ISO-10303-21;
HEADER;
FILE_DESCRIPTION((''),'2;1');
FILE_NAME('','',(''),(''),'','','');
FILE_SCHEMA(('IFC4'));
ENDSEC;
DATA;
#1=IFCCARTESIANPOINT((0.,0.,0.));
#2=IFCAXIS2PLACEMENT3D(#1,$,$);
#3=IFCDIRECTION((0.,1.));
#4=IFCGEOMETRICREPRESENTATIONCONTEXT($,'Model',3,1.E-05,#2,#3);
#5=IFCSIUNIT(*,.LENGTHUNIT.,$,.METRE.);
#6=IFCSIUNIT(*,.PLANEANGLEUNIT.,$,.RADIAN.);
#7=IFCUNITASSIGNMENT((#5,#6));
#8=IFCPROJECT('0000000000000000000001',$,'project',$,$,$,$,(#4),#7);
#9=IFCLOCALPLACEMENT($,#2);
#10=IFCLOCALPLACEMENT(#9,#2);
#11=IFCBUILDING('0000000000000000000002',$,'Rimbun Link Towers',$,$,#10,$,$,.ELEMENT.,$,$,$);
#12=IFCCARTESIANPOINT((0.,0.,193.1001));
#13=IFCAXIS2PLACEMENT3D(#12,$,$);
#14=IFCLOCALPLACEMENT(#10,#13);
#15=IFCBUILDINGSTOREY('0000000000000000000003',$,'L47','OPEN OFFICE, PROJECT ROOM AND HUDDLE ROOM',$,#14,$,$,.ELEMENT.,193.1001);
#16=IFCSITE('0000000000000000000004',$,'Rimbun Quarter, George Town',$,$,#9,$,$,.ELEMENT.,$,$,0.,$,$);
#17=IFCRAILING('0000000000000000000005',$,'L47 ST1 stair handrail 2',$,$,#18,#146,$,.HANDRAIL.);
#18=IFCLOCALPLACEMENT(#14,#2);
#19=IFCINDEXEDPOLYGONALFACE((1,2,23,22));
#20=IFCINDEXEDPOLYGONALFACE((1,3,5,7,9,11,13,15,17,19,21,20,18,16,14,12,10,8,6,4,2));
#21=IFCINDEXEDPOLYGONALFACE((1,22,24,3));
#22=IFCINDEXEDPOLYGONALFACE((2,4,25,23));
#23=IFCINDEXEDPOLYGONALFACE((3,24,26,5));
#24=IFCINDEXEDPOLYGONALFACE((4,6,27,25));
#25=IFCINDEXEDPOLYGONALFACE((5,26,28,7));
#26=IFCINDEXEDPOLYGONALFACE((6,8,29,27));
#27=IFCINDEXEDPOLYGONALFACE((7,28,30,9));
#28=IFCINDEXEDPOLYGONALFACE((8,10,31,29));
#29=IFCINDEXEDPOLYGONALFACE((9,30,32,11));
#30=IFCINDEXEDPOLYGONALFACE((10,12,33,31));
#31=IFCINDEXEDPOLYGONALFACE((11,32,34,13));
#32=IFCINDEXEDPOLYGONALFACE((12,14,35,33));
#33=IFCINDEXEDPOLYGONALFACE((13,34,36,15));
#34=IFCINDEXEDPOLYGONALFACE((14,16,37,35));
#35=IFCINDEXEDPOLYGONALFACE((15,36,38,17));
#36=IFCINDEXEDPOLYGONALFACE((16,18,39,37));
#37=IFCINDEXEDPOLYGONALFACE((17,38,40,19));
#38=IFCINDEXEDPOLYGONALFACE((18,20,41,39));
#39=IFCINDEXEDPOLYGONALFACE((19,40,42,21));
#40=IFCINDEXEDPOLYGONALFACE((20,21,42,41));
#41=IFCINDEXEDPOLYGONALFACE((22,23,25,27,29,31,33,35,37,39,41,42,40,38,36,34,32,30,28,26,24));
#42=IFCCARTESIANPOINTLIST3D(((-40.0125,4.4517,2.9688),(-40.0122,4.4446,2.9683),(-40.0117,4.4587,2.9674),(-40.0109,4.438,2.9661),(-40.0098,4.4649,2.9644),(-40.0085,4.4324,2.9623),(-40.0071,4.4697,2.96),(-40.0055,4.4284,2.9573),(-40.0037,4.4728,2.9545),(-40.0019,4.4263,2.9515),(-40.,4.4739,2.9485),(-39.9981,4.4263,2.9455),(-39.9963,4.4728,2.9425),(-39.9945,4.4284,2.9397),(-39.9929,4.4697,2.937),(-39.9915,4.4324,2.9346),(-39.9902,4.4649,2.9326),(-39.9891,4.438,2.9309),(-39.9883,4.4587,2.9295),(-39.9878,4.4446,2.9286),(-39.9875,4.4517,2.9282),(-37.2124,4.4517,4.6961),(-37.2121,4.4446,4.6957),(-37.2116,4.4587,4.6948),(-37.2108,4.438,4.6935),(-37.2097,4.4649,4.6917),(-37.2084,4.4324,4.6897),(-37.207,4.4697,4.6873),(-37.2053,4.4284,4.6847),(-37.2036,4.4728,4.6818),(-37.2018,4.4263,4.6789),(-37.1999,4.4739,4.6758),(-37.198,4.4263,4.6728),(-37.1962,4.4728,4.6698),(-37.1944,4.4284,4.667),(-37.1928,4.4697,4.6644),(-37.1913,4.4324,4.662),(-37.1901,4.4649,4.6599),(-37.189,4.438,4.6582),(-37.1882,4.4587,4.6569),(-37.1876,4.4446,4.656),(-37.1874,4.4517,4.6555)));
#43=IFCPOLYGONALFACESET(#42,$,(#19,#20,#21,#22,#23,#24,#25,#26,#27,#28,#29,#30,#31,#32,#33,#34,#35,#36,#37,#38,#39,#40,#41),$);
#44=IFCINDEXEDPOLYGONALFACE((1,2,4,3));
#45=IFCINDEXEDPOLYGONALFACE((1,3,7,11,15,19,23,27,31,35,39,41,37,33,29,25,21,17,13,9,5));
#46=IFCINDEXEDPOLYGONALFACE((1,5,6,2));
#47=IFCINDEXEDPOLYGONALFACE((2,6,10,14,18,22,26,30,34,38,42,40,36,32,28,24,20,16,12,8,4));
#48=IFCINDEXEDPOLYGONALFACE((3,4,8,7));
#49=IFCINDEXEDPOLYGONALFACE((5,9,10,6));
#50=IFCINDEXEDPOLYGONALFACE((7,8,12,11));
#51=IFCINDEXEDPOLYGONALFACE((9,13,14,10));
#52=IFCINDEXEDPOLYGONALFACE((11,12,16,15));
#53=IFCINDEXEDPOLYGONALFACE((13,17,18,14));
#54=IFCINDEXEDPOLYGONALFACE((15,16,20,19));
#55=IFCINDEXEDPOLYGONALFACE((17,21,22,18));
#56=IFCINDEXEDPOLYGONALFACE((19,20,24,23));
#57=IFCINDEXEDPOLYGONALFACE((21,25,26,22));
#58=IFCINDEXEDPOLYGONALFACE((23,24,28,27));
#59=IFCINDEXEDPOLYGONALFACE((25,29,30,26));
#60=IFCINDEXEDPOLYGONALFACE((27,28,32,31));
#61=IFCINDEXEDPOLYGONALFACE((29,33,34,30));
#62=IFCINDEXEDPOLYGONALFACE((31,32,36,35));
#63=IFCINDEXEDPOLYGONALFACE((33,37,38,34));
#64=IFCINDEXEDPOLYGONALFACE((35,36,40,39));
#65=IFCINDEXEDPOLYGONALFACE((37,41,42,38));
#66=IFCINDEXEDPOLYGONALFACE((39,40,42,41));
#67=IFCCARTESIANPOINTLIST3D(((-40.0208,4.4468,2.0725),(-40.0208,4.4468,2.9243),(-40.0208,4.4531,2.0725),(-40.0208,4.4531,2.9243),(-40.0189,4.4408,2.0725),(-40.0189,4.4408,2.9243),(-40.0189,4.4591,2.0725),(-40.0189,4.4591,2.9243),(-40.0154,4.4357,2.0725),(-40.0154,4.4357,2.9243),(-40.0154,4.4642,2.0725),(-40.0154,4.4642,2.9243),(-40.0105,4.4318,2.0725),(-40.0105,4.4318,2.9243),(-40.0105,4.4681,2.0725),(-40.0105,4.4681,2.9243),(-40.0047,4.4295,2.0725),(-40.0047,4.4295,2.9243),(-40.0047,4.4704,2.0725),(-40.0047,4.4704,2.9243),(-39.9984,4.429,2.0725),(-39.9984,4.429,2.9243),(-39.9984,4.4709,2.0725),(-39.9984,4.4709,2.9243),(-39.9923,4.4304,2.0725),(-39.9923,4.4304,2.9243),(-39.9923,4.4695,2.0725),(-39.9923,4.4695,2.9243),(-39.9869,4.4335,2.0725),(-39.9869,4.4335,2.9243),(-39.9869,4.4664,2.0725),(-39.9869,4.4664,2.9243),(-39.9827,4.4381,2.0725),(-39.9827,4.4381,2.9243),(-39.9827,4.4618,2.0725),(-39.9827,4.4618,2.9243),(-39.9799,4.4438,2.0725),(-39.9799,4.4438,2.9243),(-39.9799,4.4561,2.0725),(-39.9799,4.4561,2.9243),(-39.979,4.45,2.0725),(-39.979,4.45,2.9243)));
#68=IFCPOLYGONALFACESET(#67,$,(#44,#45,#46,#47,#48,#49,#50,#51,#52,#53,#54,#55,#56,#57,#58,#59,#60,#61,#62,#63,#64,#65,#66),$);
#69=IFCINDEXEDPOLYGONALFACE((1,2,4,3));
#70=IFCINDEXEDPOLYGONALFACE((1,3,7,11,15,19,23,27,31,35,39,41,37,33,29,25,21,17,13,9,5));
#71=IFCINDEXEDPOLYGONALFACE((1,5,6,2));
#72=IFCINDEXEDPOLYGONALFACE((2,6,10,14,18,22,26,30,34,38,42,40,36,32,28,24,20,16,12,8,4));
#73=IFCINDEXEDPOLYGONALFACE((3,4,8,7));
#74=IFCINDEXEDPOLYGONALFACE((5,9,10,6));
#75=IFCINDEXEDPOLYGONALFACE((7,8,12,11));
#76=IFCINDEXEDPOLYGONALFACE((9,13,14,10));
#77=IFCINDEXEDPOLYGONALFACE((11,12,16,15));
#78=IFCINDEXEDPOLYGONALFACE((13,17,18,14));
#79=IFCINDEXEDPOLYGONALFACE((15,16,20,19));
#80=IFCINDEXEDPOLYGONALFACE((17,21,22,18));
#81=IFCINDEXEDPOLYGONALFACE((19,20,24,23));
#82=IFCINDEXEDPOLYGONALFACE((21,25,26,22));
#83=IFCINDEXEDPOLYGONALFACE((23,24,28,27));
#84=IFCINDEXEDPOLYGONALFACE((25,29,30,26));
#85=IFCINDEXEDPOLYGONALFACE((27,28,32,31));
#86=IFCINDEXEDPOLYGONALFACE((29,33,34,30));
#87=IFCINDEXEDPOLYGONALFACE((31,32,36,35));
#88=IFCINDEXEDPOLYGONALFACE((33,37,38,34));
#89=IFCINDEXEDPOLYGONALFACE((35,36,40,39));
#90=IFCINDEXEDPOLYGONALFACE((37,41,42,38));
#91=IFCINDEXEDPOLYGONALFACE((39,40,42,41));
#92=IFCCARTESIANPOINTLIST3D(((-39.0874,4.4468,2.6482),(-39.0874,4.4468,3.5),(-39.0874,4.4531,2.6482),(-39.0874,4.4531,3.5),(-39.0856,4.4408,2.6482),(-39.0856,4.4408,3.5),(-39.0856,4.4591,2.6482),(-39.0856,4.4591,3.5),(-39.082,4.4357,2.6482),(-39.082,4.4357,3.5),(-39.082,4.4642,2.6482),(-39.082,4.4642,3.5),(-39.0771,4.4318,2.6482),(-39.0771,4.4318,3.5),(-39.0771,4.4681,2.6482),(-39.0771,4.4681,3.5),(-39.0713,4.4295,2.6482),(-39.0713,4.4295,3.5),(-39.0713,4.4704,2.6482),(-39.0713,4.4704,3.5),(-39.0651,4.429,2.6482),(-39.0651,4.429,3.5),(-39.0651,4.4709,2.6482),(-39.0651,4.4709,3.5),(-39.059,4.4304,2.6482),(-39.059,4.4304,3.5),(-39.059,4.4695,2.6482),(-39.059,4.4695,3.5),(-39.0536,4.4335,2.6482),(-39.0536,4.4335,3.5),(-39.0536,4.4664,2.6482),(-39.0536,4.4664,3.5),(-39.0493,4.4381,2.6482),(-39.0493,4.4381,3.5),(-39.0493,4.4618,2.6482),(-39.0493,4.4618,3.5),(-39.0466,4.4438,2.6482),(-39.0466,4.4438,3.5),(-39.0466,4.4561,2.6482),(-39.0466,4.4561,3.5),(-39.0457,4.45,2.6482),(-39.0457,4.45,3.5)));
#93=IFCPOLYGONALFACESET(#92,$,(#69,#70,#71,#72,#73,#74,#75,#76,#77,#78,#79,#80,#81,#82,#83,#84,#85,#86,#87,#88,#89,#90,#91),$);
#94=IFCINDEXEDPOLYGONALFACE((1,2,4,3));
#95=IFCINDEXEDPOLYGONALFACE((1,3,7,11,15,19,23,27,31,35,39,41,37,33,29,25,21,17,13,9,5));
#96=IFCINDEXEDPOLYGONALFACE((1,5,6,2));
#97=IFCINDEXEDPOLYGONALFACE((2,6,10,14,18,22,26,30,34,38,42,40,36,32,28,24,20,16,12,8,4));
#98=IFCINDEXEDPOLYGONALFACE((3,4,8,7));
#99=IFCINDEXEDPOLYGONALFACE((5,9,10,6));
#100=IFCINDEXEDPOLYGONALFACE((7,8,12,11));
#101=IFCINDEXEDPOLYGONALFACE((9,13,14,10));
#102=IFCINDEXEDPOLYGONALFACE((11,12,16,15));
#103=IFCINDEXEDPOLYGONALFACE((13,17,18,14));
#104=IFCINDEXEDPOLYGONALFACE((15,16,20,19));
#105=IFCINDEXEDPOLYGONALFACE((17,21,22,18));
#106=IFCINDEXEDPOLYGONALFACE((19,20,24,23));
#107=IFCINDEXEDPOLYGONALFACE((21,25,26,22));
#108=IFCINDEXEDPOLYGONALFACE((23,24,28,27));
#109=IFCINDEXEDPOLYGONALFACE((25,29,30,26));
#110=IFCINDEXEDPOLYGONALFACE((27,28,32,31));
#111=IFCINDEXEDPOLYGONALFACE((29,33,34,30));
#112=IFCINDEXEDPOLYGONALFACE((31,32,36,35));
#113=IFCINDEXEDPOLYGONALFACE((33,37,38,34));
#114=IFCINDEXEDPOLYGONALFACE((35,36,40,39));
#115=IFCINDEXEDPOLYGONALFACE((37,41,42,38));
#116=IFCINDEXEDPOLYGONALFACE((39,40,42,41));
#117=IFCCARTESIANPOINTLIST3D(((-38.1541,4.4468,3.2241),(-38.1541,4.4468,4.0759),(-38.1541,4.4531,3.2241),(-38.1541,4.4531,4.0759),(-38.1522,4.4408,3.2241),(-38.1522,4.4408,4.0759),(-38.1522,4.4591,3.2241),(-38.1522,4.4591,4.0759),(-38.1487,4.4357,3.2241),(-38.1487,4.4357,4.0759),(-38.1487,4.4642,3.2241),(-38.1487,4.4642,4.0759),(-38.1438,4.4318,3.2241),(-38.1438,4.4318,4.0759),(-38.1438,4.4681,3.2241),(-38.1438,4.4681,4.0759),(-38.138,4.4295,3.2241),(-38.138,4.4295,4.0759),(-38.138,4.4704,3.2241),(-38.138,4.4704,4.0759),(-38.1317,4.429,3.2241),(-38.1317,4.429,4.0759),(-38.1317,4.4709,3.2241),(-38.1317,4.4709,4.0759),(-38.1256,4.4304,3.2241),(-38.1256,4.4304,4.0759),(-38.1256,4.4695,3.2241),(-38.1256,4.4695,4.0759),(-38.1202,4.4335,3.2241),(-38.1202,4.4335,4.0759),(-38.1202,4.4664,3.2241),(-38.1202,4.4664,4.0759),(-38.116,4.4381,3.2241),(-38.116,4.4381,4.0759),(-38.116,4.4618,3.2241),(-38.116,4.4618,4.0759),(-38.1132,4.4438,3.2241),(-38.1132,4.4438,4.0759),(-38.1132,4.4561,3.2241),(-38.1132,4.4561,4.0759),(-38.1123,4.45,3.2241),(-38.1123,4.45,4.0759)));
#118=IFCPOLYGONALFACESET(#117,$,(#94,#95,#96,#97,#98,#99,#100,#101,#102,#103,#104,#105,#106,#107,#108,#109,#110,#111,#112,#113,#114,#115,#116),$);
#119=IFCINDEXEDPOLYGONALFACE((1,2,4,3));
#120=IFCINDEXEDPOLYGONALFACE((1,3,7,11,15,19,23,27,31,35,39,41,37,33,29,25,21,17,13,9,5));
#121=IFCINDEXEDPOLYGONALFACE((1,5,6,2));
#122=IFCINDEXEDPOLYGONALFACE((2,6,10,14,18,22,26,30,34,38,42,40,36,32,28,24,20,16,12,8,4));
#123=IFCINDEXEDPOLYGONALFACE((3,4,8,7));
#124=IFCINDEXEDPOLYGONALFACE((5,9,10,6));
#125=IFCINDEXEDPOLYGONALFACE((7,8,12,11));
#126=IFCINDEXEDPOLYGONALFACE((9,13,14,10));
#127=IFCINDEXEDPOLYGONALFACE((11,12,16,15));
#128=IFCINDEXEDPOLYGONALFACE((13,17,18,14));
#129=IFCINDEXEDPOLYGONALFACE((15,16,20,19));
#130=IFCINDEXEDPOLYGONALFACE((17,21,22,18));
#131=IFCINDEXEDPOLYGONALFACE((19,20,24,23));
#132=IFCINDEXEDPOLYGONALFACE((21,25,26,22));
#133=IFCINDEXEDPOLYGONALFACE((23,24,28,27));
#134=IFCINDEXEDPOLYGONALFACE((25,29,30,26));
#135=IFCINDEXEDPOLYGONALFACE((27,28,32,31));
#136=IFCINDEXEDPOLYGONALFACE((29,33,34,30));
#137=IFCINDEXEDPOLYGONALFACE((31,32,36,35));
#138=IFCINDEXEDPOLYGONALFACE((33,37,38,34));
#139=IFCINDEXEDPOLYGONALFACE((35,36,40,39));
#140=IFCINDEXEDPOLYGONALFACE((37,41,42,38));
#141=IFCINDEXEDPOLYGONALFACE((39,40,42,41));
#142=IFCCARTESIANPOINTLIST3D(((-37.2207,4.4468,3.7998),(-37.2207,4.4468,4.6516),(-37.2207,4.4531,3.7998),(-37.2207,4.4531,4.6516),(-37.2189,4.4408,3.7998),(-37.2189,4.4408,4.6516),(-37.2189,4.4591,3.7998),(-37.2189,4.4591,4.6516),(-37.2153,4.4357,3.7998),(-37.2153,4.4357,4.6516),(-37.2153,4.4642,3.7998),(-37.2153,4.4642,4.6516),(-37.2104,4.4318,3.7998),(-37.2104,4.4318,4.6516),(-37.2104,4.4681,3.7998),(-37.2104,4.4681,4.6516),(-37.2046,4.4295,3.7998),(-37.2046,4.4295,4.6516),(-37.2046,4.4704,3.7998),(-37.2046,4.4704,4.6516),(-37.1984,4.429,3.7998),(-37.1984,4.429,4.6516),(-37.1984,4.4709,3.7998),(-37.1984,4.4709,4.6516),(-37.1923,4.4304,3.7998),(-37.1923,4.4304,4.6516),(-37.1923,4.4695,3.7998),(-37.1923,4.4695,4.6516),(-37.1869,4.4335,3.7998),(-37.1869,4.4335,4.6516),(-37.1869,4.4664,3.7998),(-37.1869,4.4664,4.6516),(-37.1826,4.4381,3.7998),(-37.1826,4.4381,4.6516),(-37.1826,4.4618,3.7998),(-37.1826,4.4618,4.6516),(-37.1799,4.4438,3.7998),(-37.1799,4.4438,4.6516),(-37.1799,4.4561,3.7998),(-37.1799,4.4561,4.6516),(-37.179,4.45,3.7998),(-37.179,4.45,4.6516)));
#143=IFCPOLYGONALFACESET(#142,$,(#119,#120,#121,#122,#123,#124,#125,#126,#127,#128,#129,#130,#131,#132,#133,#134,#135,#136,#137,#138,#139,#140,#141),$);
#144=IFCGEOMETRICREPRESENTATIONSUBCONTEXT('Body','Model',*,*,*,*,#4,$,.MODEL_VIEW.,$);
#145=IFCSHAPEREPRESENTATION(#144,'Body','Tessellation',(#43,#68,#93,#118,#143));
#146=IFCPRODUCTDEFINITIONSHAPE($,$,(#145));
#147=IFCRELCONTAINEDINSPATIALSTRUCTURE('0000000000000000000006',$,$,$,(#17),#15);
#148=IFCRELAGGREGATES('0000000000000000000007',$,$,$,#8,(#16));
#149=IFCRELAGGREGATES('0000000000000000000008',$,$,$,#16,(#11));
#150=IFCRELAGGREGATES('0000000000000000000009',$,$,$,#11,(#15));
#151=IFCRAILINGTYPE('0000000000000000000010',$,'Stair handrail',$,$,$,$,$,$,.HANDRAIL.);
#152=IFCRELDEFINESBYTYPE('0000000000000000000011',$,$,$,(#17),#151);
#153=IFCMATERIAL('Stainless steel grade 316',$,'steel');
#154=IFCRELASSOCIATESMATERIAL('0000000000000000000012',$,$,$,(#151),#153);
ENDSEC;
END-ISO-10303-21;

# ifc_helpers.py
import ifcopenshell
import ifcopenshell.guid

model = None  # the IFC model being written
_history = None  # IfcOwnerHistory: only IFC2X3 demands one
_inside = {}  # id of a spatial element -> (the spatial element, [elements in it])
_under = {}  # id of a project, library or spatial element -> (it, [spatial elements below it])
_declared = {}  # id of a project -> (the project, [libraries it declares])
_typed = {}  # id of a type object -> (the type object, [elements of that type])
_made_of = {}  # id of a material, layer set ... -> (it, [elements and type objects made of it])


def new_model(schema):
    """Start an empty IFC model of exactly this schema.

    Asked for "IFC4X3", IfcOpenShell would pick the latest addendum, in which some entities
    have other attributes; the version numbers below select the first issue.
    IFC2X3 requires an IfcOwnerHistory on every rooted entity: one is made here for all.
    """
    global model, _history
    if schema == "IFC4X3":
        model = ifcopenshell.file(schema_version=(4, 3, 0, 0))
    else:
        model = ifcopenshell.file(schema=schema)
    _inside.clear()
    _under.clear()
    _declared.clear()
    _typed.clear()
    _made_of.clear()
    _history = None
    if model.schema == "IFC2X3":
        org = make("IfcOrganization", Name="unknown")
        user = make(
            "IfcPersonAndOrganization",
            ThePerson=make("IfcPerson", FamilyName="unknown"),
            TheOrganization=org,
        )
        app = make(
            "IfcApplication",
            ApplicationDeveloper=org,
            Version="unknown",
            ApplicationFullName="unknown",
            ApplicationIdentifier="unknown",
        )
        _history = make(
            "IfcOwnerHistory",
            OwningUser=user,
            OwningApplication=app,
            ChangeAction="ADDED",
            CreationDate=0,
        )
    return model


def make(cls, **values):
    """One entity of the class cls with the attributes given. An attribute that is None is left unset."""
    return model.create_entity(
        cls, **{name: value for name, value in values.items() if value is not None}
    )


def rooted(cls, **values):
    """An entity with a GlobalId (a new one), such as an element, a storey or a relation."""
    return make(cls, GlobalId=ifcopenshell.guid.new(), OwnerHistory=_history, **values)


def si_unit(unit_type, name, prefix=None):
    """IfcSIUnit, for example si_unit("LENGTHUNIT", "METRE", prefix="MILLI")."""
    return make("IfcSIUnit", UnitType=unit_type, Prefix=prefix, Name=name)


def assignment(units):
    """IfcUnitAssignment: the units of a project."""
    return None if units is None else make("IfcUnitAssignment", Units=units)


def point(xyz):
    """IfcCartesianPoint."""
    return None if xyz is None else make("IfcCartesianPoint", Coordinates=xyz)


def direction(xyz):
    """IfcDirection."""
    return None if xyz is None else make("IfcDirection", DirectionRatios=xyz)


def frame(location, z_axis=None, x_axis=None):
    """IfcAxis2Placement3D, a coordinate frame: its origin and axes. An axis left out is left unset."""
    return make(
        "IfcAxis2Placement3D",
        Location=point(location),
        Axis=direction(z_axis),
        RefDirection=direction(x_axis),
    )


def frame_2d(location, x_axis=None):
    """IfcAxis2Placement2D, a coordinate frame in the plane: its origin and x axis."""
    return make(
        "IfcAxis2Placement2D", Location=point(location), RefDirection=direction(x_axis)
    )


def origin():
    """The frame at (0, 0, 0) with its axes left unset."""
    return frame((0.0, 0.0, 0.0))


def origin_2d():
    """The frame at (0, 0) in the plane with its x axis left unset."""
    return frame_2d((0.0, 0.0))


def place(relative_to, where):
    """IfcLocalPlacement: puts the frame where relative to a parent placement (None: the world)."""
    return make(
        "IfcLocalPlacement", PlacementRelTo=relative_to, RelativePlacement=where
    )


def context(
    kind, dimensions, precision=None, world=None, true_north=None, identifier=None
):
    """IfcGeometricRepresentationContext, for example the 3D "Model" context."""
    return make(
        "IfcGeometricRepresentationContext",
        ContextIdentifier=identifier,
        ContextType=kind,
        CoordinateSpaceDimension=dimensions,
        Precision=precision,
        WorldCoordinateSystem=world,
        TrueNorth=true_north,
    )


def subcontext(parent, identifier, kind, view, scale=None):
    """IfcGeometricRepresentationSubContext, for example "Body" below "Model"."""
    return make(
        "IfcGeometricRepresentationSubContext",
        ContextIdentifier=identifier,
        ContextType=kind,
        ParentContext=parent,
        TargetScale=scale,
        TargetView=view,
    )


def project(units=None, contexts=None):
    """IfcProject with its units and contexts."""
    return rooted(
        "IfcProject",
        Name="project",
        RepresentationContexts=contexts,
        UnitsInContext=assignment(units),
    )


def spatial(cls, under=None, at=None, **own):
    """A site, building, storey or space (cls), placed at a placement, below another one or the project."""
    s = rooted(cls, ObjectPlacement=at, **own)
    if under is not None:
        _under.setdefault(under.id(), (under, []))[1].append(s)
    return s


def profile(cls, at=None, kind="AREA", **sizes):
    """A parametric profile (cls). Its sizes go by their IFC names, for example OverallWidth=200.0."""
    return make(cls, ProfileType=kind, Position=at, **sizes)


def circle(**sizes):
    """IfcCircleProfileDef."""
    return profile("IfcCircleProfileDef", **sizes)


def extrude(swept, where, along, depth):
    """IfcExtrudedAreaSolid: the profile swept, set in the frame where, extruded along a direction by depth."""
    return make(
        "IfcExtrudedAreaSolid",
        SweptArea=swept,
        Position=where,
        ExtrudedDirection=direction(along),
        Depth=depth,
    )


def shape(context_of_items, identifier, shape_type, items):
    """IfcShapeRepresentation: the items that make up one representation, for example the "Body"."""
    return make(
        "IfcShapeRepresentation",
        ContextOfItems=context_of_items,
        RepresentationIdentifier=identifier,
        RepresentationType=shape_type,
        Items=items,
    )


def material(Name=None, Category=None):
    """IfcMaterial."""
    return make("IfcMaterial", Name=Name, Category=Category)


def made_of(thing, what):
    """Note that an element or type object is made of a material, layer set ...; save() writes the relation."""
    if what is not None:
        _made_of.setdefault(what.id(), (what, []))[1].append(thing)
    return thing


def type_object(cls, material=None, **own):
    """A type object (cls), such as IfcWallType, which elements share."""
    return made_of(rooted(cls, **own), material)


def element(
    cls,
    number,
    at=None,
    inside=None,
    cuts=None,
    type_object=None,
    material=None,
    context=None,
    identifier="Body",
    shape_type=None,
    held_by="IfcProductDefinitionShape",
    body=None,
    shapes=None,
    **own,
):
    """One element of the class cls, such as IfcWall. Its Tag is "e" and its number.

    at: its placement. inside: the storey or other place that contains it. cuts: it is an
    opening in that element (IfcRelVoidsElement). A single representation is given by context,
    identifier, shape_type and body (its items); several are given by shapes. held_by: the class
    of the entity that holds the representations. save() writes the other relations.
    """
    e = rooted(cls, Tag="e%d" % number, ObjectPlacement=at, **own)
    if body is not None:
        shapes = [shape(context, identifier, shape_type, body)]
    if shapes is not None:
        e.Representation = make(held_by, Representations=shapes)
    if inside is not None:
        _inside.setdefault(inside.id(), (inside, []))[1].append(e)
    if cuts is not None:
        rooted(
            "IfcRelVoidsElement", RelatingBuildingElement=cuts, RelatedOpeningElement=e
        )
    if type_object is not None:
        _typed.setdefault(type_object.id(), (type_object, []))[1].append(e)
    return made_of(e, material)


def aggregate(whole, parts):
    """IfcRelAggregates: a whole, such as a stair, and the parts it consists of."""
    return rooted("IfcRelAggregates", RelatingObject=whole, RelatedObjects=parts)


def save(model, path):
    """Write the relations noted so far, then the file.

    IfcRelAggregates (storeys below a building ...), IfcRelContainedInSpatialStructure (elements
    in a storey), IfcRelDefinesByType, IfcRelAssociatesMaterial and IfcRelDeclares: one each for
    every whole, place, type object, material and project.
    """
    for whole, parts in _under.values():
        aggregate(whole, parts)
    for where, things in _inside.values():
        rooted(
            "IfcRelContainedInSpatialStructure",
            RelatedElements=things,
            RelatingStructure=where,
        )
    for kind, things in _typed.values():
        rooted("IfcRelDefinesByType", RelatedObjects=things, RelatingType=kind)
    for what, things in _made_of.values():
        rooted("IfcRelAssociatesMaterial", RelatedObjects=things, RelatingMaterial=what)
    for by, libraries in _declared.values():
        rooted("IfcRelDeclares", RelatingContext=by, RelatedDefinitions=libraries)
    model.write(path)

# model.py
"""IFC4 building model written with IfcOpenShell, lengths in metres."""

from ifc_helpers import new_model, si_unit, direction, frame, origin, origin_2d, place, context, subcontext, project, spatial, circle, extrude, material, type_object, element, save


model = new_model("IFC4")

# Units and contexts
model_context = context("Model", 3, precision=1e-05, world=origin(), true_north=direction((0.0, 1.0)))
body_context = subcontext(model_context, "Body", "Model", "MODEL_VIEW")
ifc_project = project(units=[si_unit("LENGTHUNIT", "METRE"), si_unit("PLANEANGLEUNIT", "RADIAN")], contexts=[model_context])

# Site, building, storey
site_placement = place(None, origin())
site = spatial("IfcSite", under=ifc_project, at=site_placement, Name="Rimbun Quarter, George Town", CompositionType="ELEMENT", RefElevation=0.0)
building_placement = place(site_placement, origin())
building = spatial("IfcBuilding", under=site, at=building_placement, Name="Rimbun Link Towers", CompositionType="ELEMENT")
storey_placement = place(building_placement, frame((0.0, 0.0, 193.1001)))
storey = spatial("IfcBuildingStorey", under=building, at=storey_placement, Name="L47", Description="OPEN OFFICE, PROJECT ROOM AND HUDDLE ROOM", CompositionType="ELEMENT", Elevation=193.1001)

# Railing
ifc_material_1 = material(Name="Stainless steel grade 316", Category="steel")
railing_type_1 = type_object("IfcRailingType", Name="Stair handrail", PredefinedType="HANDRAIL", material=ifc_material_1)
railing_1_placement = place(storey_placement, frame((-40.0, 4.45, 2.0725)))
element("IfcRailing", 1, at=railing_1_placement, inside=storey, type_object=railing_type_1, Name="L47 ST1 stair handrail 2", PredefinedType="HANDRAIL", context=body_context, shape_type="SweptSolid", body=[
    extrude(circle(Radius=0.0239, at=origin_2d()), frame((0.0, 0.0, 0.876), z_axis=(0.85109, 0.0, 0.52502), x_axis=(0.0, 1.0, 0.0)), (0.0, 0.0, 1.0), 3.29),
    extrude(circle(Radius=0.021, at=origin_2d()), origin(), (0.0, 0.0, 1.0), 0.8518),
    extrude(circle(Radius=0.021, at=origin_2d()), frame((0.9333, 0.0, 0.5757)), (0.0, 0.0, 1.0), 0.8518),
    extrude(circle(Radius=0.021, at=origin_2d()), frame((1.8667, 0.0, 1.1516)), (0.0, 0.0, 1.0), 0.8518),
    extrude(circle(Radius=0.021, at=origin_2d()), frame((2.8, 0.0, 1.7273)), (0.0, 0.0, 1.0), 0.8518),
])

save(model, "model.ifc")
